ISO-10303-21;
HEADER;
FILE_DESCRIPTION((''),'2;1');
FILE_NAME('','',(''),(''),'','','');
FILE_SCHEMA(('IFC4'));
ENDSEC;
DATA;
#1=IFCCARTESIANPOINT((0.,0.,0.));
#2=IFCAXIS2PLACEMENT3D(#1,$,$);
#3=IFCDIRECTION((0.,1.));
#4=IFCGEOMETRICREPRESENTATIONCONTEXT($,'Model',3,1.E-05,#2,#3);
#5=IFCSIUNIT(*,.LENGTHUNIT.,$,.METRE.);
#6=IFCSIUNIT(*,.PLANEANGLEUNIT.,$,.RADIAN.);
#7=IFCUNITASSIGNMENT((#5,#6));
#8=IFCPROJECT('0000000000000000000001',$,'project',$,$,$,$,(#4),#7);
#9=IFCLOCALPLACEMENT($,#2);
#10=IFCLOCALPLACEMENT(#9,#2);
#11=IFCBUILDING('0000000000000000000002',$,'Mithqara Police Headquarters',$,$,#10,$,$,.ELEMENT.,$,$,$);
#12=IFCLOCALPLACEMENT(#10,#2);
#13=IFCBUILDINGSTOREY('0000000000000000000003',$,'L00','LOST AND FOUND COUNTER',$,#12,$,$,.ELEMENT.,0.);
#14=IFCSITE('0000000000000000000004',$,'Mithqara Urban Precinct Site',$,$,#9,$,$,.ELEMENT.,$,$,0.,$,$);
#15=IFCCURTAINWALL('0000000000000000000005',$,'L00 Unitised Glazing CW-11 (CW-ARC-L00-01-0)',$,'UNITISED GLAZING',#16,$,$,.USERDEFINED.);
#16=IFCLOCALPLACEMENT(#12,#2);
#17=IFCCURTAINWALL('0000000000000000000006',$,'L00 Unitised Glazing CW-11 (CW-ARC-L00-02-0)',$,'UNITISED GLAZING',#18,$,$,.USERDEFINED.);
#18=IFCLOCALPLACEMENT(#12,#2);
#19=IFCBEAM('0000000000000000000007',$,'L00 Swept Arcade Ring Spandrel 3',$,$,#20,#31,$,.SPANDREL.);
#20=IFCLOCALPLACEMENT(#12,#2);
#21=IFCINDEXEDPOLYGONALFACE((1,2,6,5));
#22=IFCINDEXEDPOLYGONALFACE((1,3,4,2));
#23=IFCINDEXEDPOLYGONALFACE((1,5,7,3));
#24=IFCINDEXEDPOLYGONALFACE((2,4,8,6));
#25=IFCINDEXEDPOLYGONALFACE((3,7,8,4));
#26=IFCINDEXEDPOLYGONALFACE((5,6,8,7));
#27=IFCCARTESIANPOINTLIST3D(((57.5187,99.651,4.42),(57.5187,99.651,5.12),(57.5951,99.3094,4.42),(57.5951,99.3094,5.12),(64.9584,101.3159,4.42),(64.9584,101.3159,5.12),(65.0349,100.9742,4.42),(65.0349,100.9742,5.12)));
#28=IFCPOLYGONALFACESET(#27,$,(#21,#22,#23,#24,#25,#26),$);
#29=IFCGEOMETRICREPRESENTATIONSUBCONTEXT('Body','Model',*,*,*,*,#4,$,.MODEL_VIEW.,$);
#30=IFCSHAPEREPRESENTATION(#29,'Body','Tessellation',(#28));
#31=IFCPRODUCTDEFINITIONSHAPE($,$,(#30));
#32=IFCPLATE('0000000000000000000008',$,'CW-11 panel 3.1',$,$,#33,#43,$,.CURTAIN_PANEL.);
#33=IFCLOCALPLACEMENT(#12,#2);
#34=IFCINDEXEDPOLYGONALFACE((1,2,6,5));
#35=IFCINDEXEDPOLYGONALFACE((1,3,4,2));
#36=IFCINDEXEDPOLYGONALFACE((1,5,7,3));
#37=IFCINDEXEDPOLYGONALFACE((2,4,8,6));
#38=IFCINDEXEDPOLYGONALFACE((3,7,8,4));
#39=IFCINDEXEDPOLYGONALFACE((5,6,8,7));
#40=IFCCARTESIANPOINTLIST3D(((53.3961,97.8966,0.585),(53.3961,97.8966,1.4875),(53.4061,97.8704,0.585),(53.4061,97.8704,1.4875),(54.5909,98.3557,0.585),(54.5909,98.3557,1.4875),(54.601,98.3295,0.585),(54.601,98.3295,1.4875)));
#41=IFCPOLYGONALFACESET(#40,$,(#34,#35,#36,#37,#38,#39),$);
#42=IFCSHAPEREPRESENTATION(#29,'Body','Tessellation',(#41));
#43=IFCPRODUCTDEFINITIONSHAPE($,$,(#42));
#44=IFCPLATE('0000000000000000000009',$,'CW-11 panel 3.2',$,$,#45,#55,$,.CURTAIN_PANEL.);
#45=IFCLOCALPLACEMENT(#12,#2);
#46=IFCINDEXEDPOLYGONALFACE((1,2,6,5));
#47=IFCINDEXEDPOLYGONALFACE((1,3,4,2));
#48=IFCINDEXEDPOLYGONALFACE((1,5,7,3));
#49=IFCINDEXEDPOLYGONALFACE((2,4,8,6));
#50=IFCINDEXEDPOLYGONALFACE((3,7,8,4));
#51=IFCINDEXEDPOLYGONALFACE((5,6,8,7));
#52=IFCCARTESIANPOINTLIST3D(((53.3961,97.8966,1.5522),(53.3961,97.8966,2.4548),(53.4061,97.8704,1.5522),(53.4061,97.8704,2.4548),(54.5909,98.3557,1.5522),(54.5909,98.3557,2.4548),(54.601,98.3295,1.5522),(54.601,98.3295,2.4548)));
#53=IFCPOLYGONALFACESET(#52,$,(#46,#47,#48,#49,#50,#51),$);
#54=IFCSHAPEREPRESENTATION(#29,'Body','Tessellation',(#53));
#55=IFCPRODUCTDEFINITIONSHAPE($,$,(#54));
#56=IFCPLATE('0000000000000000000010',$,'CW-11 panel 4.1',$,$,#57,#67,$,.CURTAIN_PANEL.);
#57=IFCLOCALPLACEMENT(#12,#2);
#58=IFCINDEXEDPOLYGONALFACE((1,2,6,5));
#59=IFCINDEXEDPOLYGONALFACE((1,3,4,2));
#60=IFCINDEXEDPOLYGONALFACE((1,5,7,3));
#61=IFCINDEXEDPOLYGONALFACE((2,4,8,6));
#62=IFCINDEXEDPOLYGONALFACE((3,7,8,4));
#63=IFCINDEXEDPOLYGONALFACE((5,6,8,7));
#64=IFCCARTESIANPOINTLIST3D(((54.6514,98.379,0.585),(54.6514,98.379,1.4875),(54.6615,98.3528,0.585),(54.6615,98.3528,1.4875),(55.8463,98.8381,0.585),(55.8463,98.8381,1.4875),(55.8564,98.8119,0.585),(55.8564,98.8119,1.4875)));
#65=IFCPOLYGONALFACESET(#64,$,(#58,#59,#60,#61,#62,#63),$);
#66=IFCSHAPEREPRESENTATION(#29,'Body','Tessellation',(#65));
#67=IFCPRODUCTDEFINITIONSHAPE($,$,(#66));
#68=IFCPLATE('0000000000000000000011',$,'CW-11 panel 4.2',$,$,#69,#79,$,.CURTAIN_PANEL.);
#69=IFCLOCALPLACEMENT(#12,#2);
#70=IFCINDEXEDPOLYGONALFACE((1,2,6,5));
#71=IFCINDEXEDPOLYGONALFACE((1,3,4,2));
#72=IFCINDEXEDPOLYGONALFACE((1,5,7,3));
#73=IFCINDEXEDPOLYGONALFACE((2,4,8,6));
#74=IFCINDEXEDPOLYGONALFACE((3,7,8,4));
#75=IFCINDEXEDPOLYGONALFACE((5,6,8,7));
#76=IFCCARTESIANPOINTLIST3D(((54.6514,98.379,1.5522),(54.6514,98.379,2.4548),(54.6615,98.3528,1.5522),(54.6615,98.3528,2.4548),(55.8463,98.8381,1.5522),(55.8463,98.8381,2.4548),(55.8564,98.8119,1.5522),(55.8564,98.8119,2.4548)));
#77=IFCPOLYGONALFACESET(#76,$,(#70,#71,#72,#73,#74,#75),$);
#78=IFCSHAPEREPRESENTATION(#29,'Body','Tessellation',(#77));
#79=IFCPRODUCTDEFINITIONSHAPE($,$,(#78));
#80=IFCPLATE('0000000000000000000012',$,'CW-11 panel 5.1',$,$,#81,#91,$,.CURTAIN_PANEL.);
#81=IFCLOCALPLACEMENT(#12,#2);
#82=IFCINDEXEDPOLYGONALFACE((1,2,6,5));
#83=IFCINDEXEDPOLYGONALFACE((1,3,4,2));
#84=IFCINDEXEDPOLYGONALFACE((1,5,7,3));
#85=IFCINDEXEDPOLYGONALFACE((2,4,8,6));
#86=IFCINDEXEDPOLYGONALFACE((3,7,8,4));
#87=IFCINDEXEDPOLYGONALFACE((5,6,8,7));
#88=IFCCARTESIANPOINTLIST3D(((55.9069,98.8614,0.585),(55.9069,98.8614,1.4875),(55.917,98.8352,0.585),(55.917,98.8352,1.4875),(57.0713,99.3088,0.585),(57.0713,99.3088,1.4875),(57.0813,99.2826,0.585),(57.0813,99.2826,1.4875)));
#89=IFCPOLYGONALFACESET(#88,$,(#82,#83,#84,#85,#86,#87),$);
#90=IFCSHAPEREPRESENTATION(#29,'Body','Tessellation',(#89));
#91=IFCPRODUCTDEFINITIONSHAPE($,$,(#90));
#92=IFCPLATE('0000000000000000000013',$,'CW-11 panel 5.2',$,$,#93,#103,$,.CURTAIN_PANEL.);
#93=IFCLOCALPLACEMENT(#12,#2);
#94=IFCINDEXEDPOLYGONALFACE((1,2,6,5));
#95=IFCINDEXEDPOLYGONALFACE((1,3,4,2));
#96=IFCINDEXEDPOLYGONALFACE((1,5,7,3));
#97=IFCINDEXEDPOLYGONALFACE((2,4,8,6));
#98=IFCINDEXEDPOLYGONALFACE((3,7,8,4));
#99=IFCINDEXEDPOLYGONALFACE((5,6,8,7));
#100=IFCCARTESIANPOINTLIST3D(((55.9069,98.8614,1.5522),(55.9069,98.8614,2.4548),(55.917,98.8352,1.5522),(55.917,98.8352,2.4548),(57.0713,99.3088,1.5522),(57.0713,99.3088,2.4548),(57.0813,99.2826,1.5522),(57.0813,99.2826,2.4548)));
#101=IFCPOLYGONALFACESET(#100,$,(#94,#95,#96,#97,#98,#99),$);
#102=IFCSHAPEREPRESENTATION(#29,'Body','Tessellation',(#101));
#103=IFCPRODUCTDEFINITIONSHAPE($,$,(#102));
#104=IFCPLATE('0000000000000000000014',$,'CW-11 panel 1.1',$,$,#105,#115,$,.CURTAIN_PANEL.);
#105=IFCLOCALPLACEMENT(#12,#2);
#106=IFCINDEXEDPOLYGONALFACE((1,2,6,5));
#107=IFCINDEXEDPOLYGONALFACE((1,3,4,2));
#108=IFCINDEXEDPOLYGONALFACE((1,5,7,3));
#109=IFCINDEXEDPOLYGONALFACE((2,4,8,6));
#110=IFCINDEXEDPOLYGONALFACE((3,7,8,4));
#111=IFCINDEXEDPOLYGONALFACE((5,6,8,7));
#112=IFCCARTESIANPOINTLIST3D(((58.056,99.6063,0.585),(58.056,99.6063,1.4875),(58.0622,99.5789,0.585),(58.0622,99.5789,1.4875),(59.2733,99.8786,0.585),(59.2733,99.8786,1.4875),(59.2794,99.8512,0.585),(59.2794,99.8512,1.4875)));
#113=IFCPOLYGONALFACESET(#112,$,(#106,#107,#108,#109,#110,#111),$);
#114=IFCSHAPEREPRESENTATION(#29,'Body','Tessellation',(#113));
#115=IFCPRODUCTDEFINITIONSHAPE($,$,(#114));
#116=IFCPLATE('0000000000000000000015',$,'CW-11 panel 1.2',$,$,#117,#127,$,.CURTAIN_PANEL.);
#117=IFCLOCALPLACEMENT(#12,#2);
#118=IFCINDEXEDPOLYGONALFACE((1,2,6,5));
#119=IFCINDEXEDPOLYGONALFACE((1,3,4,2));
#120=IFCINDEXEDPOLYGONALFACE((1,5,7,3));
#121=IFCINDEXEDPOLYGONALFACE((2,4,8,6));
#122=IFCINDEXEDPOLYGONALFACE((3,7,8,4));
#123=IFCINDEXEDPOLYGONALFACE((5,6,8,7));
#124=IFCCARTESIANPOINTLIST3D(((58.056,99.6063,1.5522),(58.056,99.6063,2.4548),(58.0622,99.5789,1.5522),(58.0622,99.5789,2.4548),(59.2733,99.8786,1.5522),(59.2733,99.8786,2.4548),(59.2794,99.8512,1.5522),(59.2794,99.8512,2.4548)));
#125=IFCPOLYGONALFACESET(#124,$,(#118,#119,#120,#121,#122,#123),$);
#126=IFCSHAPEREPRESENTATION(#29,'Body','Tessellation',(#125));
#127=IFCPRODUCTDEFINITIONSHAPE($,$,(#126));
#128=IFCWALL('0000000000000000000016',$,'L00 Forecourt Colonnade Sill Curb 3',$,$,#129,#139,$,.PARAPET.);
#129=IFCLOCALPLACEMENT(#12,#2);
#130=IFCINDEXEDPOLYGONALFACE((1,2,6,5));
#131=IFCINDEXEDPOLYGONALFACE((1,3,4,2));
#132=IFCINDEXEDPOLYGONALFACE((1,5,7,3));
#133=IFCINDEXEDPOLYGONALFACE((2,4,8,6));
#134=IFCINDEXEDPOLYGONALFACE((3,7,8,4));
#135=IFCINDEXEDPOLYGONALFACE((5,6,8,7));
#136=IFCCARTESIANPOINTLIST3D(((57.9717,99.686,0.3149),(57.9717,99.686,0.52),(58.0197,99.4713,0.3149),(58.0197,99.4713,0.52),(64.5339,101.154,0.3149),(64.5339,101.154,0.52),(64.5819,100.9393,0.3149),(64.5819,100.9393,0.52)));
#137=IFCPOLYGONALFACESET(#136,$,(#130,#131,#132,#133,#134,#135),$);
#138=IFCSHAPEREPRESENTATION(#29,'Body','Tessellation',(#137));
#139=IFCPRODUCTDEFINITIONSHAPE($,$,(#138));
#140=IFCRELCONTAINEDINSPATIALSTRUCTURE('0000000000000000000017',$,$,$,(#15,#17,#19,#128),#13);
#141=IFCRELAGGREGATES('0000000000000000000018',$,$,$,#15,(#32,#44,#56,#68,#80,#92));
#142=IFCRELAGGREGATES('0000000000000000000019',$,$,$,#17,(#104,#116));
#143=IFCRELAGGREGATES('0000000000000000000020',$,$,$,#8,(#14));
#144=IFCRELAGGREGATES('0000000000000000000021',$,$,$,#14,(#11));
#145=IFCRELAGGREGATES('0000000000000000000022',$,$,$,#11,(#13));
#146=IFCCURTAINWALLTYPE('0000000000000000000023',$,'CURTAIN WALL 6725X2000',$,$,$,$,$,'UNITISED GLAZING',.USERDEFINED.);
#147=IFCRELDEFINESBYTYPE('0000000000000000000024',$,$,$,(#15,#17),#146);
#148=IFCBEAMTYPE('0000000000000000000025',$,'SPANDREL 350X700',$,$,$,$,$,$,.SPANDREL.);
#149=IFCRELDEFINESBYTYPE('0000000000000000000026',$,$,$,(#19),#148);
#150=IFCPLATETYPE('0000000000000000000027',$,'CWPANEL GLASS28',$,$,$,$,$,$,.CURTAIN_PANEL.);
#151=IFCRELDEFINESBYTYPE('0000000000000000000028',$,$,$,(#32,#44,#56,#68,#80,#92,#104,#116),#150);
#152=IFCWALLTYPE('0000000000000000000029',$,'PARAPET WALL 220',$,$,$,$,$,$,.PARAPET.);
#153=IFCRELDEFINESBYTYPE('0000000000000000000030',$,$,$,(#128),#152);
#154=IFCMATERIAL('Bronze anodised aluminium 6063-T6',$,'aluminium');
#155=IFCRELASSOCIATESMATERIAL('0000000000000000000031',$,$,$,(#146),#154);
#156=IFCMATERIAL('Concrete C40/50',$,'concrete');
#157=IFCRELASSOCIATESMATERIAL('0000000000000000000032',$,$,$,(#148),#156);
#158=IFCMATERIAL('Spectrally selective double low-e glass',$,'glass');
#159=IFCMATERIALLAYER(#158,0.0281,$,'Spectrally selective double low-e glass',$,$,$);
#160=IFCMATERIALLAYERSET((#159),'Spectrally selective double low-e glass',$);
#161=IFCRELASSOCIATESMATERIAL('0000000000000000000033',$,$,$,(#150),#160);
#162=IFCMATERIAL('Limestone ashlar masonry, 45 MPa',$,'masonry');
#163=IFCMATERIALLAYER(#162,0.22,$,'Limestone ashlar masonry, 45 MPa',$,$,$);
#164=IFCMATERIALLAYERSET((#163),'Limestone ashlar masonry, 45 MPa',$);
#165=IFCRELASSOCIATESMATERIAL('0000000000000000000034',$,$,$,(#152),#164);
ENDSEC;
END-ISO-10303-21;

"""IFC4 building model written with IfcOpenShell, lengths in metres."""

from ifc_helpers import new_model, si_unit, direction, frame, frame_2d, origin, origin_2d, place, context, subcontext, project, spatial, rectangle, extrude, material, layer, layer_set, material_profile, profile_set, type_object, element, aggregate, save


model = new_model("IFC4")

# Units and contexts
model_context = context("Model", 3, precision=1e-05, world=origin(), true_north=direction((0.0, 1.0)))
body_context = subcontext(model_context, "Body", "Model", "MODEL_VIEW")
ifc_project = project(units=[si_unit("LENGTHUNIT", "METRE"), si_unit("PLANEANGLEUNIT", "RADIAN")], contexts=[model_context])

# Site, building, storey
site_placement = place(None, origin())
site = spatial("IfcSite", under=ifc_project, at=site_placement, Name="Mithqara Urban Precinct Site", CompositionType="ELEMENT", RefElevation=0.0)
building_placement = place(site_placement, origin())
building = spatial("IfcBuilding", under=site, at=building_placement, Name="Mithqara Police Headquarters", CompositionType="ELEMENT")
storey_placement = place(building_placement, origin())
storey = spatial("IfcBuildingStorey", under=building, at=storey_placement, Name="L00", Description="LOST AND FOUND COUNTER", CompositionType="ELEMENT", Elevation=0.0)

# Shared definitions
ifc_material_1 = material(Name="Concrete C40/50", Category="concrete")

# Curtain walls
ifc_material_2 = material(Name="Bronze anodised aluminium 6063-T6", Category="aluminium")
curtain_wall_type = type_object("IfcCurtainWallType", Name="CURTAIN WALL 6725X2000", ElementType="UNITISED GLAZING", PredefinedType="USERDEFINED", material=ifc_material_2)
curtain_wall_1_placement = place(storey_placement, origin())
curtain_wall_1 = element("IfcCurtainWall", 1, at=curtain_wall_1_placement, inside=storey, type_object=curtain_wall_type, Name="L00 Unitised Glazing CW-11 (CW-ARC-L00-01-0)", ObjectType="UNITISED GLAZING", PredefinedType="USERDEFINED")
curtain_wall_2_placement = place(storey_placement, origin())
curtain_wall_2 = element("IfcCurtainWall", 2, at=curtain_wall_2_placement, inside=storey, type_object=curtain_wall_type, Name="L00 Unitised Glazing CW-11 (CW-ARC-L00-02-0)", ObjectType="UNITISED GLAZING", PredefinedType="USERDEFINED")

# Beam
ifc_material_profile_1 = material_profile(ifc_material_1, rectangle(XDim=0.3501, YDim=0.7, at=origin_2d()), Name="SPB 350x700")
ifc_profile_set_1 = profile_set([ifc_material_profile_1], Name="Concrete C40/50")
beam_type_1 = type_object("IfcBeamType", Name="SPANDREL 350X700", PredefinedType="SPANDREL", material=ifc_profile_set_1)
beam_1_placement = place(storey_placement, frame((57.5569, 99.4802, 4.77), z_axis=(0.975866, 0.218371, 0.0), x_axis=(-0.218371, 0.975866, 0.0)))
element("IfcBeam", 3, at=beam_1_placement, inside=storey, type_object=beam_type_1, Name="L00 Swept Arcade Ring Spandrel 3", PredefinedType="SPANDREL", context=body_context, shape_type="SweptSolid", body=[
    extrude(rectangle(XDim=0.3501, YDim=0.7, at=origin_2d()), origin(), (0.0, 0.0, 1.0), 7.6238),
])

# Plates
ifc_material_3 = material(Name="Spectrally selective double low-e glass", Category="glass")
ifc_layer_1 = layer(ifc_material_3, 0.0281, Name="Spectrally selective double low-e glass")
ifc_layer_set_1 = layer_set([ifc_layer_1], Name="Spectrally selective double low-e glass")
plate_type = type_object("IfcPlateType", Name="CWPANEL GLASS28", PredefinedType="CURTAIN_PANEL", material=ifc_layer_set_1)
plate_1_placement = place(storey_placement, frame((53.9985, 98.113, 0.585), z_axis=(0.0, 0.0, 1.0), x_axis=(0.933461, 0.35868, 0.0)))
plate_1 = element("IfcPlate", 4, at=plate_1_placement, type_object=plate_type, Name="CW-11 panel 3.1", PredefinedType="CURTAIN_PANEL", context=body_context, shape_type="SweptSolid", body=[
    extrude(rectangle(XDim=1.28, YDim=0.0281, at=origin_2d()), origin(), (0.0, 0.0, 1.0), 0.9026),
])
plate_2_placement = place(storey_placement, frame((53.9985, 98.113, 1.5522), z_axis=(0.0, 0.0, 1.0), x_axis=(0.933461, 0.35868, 0.0)))
plate_2 = element("IfcPlate", 5, at=plate_2_placement, type_object=plate_type, Name="CW-11 panel 3.2", PredefinedType="CURTAIN_PANEL", context=body_context, shape_type="SweptSolid", body=[
    extrude(rectangle(XDim=1.28, YDim=0.0281, at=origin_2d()), origin(), (0.0, 0.0, 1.0), 0.9026),
])
plate_3_placement = place(storey_placement, frame((55.2539, 98.5955, 0.585), z_axis=(0.0, 0.0, 1.0), x_axis=(0.933461, 0.35868, 0.0)))
plate_3 = element("IfcPlate", 6, at=plate_3_placement, type_object=plate_type, Name="CW-11 panel 4.1", PredefinedType="CURTAIN_PANEL", context=body_context, shape_type="SweptSolid", body=[
    extrude(rectangle(XDim=1.28, YDim=0.0281, at=origin_2d()), origin(), (0.0, 0.0, 1.0), 0.9026),
])
plate_4_placement = place(storey_placement, frame((55.2539, 98.5955, 1.5522), z_axis=(0.0, 0.0, 1.0), x_axis=(0.933461, 0.35868, 0.0)))
plate_4 = element("IfcPlate", 7, at=plate_4_placement, type_object=plate_type, Name="CW-11 panel 4.2", PredefinedType="CURTAIN_PANEL", context=body_context, shape_type="SweptSolid", body=[
    extrude(rectangle(XDim=1.28, YDim=0.0281, at=origin_2d()), origin(), (0.0, 0.0, 1.0), 0.9026),
])
plate_5_placement = place(storey_placement, frame((56.4941, 99.072, 0.585), z_axis=(0.0, 0.0, 1.0), x_axis=(0.933461, 0.35868, 0.0)))
plate_5 = element("IfcPlate", 8, at=plate_5_placement, type_object=plate_type, Name="CW-11 panel 5.1", PredefinedType="CURTAIN_PANEL", context=body_context, shape_type="SweptSolid", body=[
    extrude(rectangle(XDim=1.2473, YDim=0.0281, at=origin_2d()), origin(), (0.0, 0.0, 1.0), 0.9026),
])
plate_6_placement = place(storey_placement, frame((56.4941, 99.072, 1.5522), z_axis=(0.0, 0.0, 1.0), x_axis=(0.933461, 0.35868, 0.0)))
plate_6 = element("IfcPlate", 9, at=plate_6_placement, type_object=plate_type, Name="CW-11 panel 5.2", PredefinedType="CURTAIN_PANEL", context=body_context, shape_type="SweptSolid", body=[
    extrude(rectangle(XDim=1.2473, YDim=0.0281, at=origin_2d()), origin(), (0.0, 0.0, 1.0), 0.9026),
])
aggregate(curtain_wall_1, [plate_1, plate_2, plate_3, plate_4, plate_5, plate_6])
plate_7_placement = place(storey_placement, frame((58.6677, 99.7288, 0.585), z_axis=(0.0, 0.0, 1.0), x_axis=(0.975874, 0.218335, 0.0)))
plate_7 = element("IfcPlate", 10, at=plate_7_placement, type_object=plate_type, Name="CW-11 panel 1.1", PredefinedType="CURTAIN_PANEL", context=body_context, shape_type="SweptSolid", body=[
    extrude(rectangle(XDim=1.2473, YDim=0.0281, at=origin_2d()), origin(), (0.0, 0.0, 1.0), 0.9026),
])
plate_8_placement = place(storey_placement, frame((58.6677, 99.7288, 1.5522), z_axis=(0.0, 0.0, 1.0), x_axis=(0.975874, 0.218335, 0.0)))
plate_8 = element("IfcPlate", 11, at=plate_8_placement, type_object=plate_type, Name="CW-11 panel 1.2", PredefinedType="CURTAIN_PANEL", context=body_context, shape_type="SweptSolid", body=[
    extrude(rectangle(XDim=1.2473, YDim=0.0281, at=origin_2d()), origin(), (0.0, 0.0, 1.0), 0.9026),
])
aggregate(curtain_wall_2, [plate_7, plate_8])

# Wall
ifc_material_4 = material(Name="Limestone ashlar masonry, 45 MPa", Category="masonry")
ifc_layer_2 = layer(ifc_material_4, 0.22, Name="Limestone ashlar masonry, 45 MPa")
ifc_layer_set_2 = layer_set([ifc_layer_2], Name="Limestone ashlar masonry, 45 MPa")
wall_type = type_object("IfcWallType", Name="PARAPET WALL 220", PredefinedType="PARAPET", material=ifc_layer_set_2)
wall_placement = place(storey_placement, frame((57.9956, 99.5786, 0.3149), z_axis=(0.0, 0.0, 1.0), x_axis=(0.975879, 0.21831, 0.0)))
element("IfcWall", 12, at=wall_placement, inside=storey, type_object=wall_type, Name="L00 Forecourt Colonnade Sill Curb 3", PredefinedType="PARAPET", context=body_context, shape_type="SweptSolid", body=[
    extrude(rectangle(XDim=6.7244, YDim=0.22, at=frame_2d((3.3623, 0.0))), origin(), (0.0, 0.0, 1.0), 0.2051),
])

save(model, "model.ifc")
